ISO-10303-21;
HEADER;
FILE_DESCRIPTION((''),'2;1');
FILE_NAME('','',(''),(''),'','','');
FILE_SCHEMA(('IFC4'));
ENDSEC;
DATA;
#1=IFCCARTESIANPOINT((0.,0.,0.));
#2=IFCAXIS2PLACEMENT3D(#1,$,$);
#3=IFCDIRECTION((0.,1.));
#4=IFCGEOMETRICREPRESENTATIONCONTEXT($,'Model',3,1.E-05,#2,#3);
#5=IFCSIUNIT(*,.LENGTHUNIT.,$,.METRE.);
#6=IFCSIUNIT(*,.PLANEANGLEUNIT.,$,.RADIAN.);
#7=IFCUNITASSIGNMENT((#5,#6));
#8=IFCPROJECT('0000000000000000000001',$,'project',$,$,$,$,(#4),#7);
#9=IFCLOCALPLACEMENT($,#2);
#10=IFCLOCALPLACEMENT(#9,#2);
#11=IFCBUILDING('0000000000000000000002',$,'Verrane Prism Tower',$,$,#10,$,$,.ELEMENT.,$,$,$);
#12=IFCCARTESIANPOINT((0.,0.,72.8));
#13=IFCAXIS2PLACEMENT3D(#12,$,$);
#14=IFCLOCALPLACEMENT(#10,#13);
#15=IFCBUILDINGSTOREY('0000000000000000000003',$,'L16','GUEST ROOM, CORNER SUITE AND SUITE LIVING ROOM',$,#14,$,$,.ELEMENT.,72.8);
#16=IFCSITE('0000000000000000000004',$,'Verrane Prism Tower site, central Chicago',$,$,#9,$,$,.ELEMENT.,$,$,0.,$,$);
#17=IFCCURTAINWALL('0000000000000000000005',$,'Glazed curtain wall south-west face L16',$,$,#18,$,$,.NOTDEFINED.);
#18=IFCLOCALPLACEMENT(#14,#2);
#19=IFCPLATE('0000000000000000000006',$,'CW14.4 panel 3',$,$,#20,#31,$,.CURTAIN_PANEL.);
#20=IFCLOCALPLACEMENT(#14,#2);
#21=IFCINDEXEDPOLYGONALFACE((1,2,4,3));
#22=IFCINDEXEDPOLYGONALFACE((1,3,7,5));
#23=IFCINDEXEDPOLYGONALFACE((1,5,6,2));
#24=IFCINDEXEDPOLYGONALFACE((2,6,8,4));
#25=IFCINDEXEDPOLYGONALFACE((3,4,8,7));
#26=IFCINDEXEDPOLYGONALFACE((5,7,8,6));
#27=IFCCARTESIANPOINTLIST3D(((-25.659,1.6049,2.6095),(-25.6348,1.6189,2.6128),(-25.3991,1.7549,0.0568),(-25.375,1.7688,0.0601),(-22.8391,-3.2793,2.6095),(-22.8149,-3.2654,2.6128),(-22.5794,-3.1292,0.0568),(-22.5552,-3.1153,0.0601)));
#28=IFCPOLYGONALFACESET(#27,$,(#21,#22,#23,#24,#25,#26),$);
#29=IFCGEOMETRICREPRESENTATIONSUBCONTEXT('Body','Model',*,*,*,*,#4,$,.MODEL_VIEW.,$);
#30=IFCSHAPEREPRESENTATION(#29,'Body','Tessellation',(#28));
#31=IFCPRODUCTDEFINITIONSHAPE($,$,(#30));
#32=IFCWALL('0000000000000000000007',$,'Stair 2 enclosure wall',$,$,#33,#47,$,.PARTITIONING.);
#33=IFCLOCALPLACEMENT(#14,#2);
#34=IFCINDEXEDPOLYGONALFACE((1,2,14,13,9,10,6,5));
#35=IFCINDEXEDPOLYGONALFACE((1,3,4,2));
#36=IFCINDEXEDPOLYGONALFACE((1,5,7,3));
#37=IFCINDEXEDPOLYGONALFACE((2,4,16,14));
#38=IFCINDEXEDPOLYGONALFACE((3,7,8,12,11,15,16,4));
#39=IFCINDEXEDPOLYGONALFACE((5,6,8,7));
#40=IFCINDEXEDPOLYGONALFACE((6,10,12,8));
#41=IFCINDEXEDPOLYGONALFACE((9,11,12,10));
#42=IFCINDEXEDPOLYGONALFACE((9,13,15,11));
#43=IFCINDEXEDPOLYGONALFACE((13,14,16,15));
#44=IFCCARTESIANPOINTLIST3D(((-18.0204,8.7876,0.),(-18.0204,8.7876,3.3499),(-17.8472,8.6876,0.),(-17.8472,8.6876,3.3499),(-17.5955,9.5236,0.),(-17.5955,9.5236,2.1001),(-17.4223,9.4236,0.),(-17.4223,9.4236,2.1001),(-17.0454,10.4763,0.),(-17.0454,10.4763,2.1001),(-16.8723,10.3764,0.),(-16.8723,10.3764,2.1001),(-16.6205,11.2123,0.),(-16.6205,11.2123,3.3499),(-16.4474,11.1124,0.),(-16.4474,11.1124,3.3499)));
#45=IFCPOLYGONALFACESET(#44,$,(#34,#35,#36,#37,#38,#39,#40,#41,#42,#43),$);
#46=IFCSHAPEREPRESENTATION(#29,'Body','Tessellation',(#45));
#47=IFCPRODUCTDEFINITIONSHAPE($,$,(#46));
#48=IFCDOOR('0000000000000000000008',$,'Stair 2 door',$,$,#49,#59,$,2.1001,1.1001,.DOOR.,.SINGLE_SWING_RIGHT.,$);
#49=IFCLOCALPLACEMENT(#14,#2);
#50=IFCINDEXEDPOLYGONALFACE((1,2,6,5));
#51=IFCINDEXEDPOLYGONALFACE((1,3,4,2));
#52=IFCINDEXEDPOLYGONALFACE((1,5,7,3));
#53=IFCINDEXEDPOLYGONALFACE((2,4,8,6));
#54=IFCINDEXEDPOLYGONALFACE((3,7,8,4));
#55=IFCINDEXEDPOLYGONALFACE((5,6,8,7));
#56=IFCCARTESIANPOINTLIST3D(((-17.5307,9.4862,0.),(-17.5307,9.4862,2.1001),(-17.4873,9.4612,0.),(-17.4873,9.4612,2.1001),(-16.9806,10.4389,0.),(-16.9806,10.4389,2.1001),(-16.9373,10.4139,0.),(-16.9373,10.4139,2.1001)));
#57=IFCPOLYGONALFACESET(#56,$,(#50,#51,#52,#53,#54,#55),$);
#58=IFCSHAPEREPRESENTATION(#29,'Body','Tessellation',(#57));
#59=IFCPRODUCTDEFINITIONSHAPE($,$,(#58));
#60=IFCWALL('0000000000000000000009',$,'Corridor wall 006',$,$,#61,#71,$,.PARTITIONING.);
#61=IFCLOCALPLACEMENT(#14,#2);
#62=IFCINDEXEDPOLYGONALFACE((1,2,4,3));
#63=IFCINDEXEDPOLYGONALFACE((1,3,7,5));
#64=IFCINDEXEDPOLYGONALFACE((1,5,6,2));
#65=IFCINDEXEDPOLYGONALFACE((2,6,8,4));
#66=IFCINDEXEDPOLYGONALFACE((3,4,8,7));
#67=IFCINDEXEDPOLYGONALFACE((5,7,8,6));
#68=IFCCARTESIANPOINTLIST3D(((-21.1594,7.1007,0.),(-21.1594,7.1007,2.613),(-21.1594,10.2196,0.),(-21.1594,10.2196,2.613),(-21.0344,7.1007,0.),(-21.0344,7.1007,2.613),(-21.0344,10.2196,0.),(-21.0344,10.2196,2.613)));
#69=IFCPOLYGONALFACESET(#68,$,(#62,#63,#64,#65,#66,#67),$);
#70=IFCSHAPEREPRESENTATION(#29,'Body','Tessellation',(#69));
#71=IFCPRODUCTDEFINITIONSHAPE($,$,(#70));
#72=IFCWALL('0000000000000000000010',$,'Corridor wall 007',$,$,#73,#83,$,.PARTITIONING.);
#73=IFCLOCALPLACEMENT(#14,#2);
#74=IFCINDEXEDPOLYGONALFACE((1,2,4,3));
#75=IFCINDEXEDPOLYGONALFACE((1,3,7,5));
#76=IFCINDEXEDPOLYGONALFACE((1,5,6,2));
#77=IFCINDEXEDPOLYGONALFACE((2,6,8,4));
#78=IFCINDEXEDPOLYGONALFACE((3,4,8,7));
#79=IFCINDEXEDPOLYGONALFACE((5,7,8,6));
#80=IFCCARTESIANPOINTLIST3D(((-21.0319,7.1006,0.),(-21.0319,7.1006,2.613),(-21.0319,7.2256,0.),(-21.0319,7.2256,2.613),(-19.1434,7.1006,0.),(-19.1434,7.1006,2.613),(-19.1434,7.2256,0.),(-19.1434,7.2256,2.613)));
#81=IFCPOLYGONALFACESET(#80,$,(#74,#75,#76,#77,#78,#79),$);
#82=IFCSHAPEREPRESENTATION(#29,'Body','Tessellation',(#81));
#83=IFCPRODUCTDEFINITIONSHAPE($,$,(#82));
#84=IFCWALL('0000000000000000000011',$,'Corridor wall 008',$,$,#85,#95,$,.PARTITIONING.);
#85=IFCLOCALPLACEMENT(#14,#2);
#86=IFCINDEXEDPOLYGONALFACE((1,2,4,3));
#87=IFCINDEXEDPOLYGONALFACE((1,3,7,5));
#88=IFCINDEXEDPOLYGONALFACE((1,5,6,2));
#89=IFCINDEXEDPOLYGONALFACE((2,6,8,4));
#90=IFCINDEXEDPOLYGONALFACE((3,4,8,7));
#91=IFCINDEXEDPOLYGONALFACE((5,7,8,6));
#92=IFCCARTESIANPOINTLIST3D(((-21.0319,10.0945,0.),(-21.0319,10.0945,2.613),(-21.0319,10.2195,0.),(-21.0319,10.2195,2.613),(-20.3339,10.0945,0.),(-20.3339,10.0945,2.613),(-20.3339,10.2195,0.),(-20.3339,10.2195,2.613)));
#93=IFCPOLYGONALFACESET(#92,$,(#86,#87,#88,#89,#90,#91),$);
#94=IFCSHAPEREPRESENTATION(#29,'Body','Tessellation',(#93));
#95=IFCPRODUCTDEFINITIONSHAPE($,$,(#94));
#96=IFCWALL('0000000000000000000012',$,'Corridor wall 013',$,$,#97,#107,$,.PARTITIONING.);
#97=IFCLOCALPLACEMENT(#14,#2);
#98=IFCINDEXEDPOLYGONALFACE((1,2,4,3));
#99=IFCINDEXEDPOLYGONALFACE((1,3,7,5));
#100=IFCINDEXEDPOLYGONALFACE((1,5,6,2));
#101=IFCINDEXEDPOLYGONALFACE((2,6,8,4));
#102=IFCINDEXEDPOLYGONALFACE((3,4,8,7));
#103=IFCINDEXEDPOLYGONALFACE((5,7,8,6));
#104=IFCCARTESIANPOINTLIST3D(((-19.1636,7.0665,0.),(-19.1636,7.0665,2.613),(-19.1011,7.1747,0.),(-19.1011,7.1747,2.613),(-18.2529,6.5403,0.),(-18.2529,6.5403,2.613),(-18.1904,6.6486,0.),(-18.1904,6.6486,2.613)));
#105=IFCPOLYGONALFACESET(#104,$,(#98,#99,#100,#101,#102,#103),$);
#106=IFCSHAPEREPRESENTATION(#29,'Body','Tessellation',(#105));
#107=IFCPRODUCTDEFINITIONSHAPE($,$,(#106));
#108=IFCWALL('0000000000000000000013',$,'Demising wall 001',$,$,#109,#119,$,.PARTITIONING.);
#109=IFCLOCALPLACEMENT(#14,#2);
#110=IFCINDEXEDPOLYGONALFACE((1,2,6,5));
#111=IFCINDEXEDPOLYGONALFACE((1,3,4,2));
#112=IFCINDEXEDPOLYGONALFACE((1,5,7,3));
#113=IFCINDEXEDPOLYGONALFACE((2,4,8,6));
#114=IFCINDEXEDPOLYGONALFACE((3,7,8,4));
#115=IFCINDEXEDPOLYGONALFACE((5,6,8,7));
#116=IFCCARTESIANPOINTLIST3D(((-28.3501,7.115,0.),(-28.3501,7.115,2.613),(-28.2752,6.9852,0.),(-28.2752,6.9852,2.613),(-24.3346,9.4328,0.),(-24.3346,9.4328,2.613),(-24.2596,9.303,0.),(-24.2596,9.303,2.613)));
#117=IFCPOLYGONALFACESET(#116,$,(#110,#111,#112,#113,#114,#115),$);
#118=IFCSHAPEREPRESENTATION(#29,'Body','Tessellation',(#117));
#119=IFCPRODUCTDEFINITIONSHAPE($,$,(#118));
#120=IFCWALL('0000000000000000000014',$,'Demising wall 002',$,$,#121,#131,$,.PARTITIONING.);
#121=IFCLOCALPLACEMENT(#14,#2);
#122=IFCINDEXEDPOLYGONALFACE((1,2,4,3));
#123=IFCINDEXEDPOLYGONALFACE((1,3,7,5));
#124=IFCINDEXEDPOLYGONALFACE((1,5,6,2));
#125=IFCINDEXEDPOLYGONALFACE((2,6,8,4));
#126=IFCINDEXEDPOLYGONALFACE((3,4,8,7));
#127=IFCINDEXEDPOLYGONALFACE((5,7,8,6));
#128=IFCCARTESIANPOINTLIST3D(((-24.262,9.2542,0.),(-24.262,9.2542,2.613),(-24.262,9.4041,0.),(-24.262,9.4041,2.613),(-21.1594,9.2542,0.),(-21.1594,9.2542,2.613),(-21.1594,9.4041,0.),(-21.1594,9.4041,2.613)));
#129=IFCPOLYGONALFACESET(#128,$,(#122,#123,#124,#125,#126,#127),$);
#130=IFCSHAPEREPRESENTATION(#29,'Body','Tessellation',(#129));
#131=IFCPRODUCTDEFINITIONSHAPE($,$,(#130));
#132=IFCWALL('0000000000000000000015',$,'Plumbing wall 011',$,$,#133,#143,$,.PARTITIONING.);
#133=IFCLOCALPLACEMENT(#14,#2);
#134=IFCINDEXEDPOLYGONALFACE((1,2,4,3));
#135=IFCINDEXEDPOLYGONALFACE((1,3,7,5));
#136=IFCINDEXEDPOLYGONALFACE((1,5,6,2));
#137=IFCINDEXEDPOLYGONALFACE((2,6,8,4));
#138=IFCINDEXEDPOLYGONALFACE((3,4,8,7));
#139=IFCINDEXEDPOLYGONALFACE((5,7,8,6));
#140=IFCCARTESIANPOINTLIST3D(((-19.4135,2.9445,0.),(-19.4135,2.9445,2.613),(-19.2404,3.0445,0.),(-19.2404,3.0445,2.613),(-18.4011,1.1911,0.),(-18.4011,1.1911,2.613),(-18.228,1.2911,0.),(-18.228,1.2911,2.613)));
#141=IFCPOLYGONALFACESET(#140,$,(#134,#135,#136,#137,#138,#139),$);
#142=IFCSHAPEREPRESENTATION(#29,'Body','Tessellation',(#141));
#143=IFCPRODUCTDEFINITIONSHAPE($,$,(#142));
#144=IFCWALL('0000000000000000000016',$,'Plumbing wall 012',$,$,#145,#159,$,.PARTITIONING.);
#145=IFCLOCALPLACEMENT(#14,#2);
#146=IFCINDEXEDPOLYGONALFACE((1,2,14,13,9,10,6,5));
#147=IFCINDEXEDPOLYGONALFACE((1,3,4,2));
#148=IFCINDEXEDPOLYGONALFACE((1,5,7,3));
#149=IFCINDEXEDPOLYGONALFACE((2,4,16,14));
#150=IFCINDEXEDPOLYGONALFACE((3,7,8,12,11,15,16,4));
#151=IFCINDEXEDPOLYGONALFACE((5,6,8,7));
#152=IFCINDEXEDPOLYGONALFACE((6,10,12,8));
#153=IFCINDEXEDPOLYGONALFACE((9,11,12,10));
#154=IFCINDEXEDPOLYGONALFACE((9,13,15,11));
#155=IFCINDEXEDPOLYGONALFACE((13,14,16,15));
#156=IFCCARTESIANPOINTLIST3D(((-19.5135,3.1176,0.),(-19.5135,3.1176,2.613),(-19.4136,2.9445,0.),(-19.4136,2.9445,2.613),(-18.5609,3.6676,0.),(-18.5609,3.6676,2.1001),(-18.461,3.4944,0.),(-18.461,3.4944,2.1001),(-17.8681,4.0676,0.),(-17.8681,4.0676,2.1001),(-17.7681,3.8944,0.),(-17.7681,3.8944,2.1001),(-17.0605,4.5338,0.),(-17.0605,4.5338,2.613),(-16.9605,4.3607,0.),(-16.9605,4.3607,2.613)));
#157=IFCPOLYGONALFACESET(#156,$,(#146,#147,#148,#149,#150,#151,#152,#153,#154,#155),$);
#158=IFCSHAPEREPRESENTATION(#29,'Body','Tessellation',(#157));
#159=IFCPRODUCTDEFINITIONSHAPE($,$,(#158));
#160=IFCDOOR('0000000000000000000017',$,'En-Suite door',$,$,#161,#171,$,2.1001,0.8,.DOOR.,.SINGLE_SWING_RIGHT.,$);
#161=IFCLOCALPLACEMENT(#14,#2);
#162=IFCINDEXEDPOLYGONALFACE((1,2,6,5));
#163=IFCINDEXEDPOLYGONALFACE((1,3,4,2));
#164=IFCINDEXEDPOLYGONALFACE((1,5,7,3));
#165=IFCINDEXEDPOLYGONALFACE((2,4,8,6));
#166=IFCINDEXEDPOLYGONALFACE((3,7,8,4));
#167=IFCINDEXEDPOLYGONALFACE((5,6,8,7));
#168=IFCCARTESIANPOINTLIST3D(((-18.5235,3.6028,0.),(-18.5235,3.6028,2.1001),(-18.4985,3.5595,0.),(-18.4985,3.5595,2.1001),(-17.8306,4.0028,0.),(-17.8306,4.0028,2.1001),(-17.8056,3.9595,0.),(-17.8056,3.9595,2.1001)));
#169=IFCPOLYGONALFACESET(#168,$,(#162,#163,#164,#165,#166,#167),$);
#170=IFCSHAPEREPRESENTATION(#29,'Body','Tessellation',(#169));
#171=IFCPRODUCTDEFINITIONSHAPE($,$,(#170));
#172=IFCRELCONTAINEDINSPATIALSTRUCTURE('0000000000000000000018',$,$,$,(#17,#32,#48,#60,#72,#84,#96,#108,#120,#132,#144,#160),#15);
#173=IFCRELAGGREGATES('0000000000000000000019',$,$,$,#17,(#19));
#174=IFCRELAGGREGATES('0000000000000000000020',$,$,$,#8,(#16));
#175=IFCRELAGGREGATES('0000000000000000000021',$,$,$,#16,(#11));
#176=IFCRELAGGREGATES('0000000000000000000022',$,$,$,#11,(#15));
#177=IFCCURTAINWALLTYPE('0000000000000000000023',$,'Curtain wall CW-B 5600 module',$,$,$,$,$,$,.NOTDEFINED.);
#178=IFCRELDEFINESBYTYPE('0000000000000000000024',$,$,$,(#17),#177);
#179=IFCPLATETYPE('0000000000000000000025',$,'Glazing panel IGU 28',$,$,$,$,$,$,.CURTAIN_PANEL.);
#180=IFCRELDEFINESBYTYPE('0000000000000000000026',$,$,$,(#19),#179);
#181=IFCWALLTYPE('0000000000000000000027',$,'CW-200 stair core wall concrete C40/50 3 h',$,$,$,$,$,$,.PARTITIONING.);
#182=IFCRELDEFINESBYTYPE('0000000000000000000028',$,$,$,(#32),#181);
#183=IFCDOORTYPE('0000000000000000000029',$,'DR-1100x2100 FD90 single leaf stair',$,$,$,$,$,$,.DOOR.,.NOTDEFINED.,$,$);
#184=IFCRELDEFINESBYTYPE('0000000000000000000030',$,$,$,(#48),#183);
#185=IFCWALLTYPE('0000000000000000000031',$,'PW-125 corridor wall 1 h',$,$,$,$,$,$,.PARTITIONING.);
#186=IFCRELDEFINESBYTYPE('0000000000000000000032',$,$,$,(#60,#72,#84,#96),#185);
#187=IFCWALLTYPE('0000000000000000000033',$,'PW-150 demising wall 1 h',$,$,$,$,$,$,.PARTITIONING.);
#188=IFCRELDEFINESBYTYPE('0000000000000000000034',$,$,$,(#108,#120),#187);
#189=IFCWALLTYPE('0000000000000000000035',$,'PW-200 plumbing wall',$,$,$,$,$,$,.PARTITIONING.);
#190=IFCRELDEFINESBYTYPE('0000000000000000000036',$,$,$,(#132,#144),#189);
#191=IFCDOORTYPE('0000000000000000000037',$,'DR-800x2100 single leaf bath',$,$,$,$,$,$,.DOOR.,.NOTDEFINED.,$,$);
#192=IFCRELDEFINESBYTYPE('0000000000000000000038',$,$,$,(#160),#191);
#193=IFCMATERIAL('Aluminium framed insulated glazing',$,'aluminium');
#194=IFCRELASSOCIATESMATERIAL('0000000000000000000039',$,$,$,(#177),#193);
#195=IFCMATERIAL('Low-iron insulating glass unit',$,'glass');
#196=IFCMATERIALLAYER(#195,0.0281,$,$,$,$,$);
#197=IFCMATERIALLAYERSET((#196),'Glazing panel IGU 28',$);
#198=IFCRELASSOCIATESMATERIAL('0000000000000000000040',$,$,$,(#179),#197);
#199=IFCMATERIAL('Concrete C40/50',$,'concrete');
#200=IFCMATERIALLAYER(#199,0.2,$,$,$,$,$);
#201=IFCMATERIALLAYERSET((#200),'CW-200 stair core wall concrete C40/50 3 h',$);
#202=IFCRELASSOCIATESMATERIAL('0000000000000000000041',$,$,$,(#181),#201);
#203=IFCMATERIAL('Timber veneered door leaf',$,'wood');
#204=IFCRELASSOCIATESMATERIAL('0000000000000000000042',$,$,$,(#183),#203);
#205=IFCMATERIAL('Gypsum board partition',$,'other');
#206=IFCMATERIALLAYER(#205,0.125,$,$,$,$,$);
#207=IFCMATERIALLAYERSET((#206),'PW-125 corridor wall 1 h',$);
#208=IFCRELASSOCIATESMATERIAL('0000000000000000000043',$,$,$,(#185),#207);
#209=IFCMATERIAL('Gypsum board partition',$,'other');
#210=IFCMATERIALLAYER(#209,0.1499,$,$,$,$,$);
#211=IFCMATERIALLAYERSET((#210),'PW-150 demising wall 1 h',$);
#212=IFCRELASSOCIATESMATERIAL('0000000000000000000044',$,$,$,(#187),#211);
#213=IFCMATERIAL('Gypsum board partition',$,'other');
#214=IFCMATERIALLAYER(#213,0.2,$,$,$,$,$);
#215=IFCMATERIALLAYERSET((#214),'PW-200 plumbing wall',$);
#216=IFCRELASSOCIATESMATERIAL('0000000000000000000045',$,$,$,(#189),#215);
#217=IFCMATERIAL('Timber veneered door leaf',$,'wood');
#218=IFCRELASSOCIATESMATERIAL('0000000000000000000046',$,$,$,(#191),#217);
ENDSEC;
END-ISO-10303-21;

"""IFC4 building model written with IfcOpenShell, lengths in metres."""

from ifc_helpers import new_model, si_unit, direction, frame, frame_2d, origin, place, context, subcontext, project, spatial, polyline, rectangle, outline, extrude, material, layer, layer_set, type_object, element, fill, aggregate, save


model = new_model("IFC4")

# Units and contexts
model_context = context("Model", 3, precision=1e-05, world=origin(), true_north=direction((0.0, 1.0)))
body_context = subcontext(model_context, "Body", "Model", "MODEL_VIEW")
ifc_project = project(units=[si_unit("LENGTHUNIT", "METRE"), si_unit("PLANEANGLEUNIT", "RADIAN")], contexts=[model_context])

# Site, building, storey
site_placement = place(None, origin())
site = spatial("IfcSite", under=ifc_project, at=site_placement, Name="Verrane Prism Tower site, central Chicago", CompositionType="ELEMENT", RefElevation=0.0)
building_placement = place(site_placement, origin())
building = spatial("IfcBuilding", under=site, at=building_placement, Name="Verrane Prism Tower", CompositionType="ELEMENT")
storey_placement = place(building_placement, frame((0.0, 0.0, 72.8)))
storey = spatial("IfcBuildingStorey", under=building, at=storey_placement, Name="L16", Description="GUEST ROOM, CORNER SUITE AND SUITE LIVING ROOM", CompositionType="ELEMENT", Elevation=72.8)

# Curtain wall
ifc_material_1 = material(Name="Aluminium framed insulated glazing", Category="aluminium")
curtain_wall_type = type_object("IfcCurtainWallType", Name="Curtain wall CW-B 5600 module", PredefinedType="NOTDEFINED", material=ifc_material_1)
curtain_wall_placement = place(storey_placement, origin())
curtain_wall = element("IfcCurtainWall", 1, at=curtain_wall_placement, inside=storey, type_object=curtain_wall_type, Name="Glazed curtain wall south-west face L16", PredefinedType="NOTDEFINED")

# Plate
ifc_material_2 = material(Name="Low-iron insulating glass unit", Category="glass")
ifc_layer_1 = layer(ifc_material_2, 0.0281)
ifc_layer_set_1 = layer_set([ifc_layer_1], Name="Glazing panel IGU 28")
plate_type = type_object("IfcPlateType", Name="Glazing panel IGU 28", PredefinedType="CURTAIN_PANEL", material=ifc_layer_set_1)
plate_1_placement = place(storey_placement, frame((-25.375, 1.7688, 0.0601), z_axis=(0.860111, 0.496577, 0.116709), x_axis=(0.499994, -0.866029, -0.000001)))
plate_1 = element("IfcPlate", 2, at=plate_1_placement, type_object=plate_type, Name="CW14.4 panel 3", PredefinedType="CURTAIN_PANEL", context=body_context, shape_type="SweptSolid", body=[
    extrude(outline(polyline([(0.0, 0.0), (5.6396, 0.0), (5.6398, -2.5703), (-0.0001, -2.5703), (0.0, 0.0)])), origin(), (0.0, 0.0, -1.0), 0.0281),
])
aggregate(curtain_wall, [plate_1])

# Wall, opening, door
ifc_material_3 = material(Name="Concrete C40/50", Category="concrete")
ifc_layer_2 = layer(ifc_material_3, 0.2)
ifc_layer_set_2 = layer_set([ifc_layer_2], Name="CW-200 stair core wall concrete C40/50 3 h")
wall_type_1 = type_object("IfcWallType", Name="CW-200 stair core wall concrete C40/50 3 h", PredefinedType="PARTITIONING", material=ifc_layer_set_2)
wall_1_placement = place(storey_placement, frame((-16.5339, 11.1624, 0.0), z_axis=(0.0, 0.0, 1.0), x_axis=(-0.499984, -0.866035, 0.0)))
wall_1 = element("IfcWall", 3, at=wall_1_placement, inside=storey, type_object=wall_type_1, Name="Stair 2 enclosure wall", PredefinedType="PARTITIONING", context=body_context, shape_type="SweptSolid", body=[
    extrude(rectangle(XDim=2.7998, YDim=0.2, at=frame_2d((1.3999, 0.0))), origin(), (0.0, 0.0, 1.0), 3.3499),
])
opening_1_placement = place(wall_1_placement, frame((0.8499, 0.0, 0.0)))
opening_1 = element("IfcOpeningElement", 4, at=opening_1_placement, cuts=wall_1, PredefinedType="OPENING", context=body_context, shape_type="SweptSolid", body=[
    extrude(rectangle(XDim=1.1001, YDim=2.1001, at=frame_2d((0.55, 1.05))), frame((0.0, 0.1099, 0.0), z_axis=(0.0, -1.0, 0.0), x_axis=(1.0, 0.0, 0.0)), (0.0, 0.0, 1.0), 0.22),
])
ifc_material_4 = material(Name="Timber veneered door leaf", Category="wood")
door_type_1 = type_object("IfcDoorType", Name="DR-1100x2100 FD90 single leaf stair", OperationType="NOTDEFINED", PredefinedType="DOOR", material=ifc_material_4)
door_1_placement = place(opening_1_placement, origin())
door_1 = element("IfcDoor", 5, at=door_1_placement, inside=storey, type_object=door_type_1, Name="Stair 2 door", OperationType="SINGLE_SWING_RIGHT", OverallHeight=2.1001, OverallWidth=1.1001, PredefinedType="DOOR", context=body_context, shape_type="SweptSolid", body=[
    extrude(rectangle(XDim=1.1001, YDim=2.1001, at=frame_2d((0.55, 1.05))), frame((0.0, 0.0249, 0.0), z_axis=(0.0, -1.0, 0.0), x_axis=(1.0, 0.0, 0.0)), (0.0, 0.0, 1.0), 0.05),
])
fill(opening_1, door_1)

# Walls
ifc_material_5 = material(Name="Gypsum board partition", Category="other")
ifc_layer_3 = layer(ifc_material_5, 0.125)
ifc_layer_set_3 = layer_set([ifc_layer_3], Name="PW-125 corridor wall 1 h")
wall_type_2 = type_object("IfcWallType", Name="PW-125 corridor wall 1 h", PredefinedType="PARTITIONING", material=ifc_layer_set_3)
wall_2_placement = place(storey_placement, frame((-21.0969, 7.1006, 0.0), z_axis=(0.0, 0.0, 1.0), x_axis=(0.0, 1.0, 0.0)))
element("IfcWall", 6, at=wall_2_placement, inside=storey, type_object=wall_type_2, Name="Corridor wall 006", PredefinedType="PARTITIONING", context=body_context, shape_type="SweptSolid", body=[
    extrude(rectangle(XDim=3.1189, YDim=0.125, at=frame_2d((1.5596, 0.0))), origin(), (0.0, 0.0, 1.0), 2.613),
])
wall_3_placement = place(storey_placement, frame((-21.032, 7.1631, 0.0), z_axis=(0.0, 0.0, 1.0), x_axis=(1.0, 0.0, 0.0)))
element("IfcWall", 7, at=wall_3_placement, inside=storey, type_object=wall_type_2, Name="Corridor wall 007", PredefinedType="PARTITIONING", context=body_context, shape_type="SweptSolid", body=[
    extrude(rectangle(XDim=1.8884, YDim=0.125, at=frame_2d((0.9443, 0.0))), origin(), (0.0, 0.0, 1.0), 2.613),
])
wall_4_placement = place(storey_placement, frame((-21.032, 10.157, 0.0), z_axis=(0.0, 0.0, 1.0), x_axis=(1.0, 0.0, 0.0)))
element("IfcWall", 8, at=wall_4_placement, inside=storey, type_object=wall_type_2, Name="Corridor wall 008", PredefinedType="PARTITIONING", context=body_context, shape_type="SweptSolid", body=[
    extrude(rectangle(XDim=0.698, YDim=0.125, at=frame_2d((0.3491, 0.0))), origin(), (0.0, 0.0, 1.0), 2.613),
])
wall_5_placement = place(storey_placement, frame((-19.1323, 7.1206, 0.0), z_axis=(0.0, 0.0, 1.0), x_axis=(0.865876, -0.500258, 0.0)))
element("IfcWall", 9, at=wall_5_placement, inside=storey, type_object=wall_type_2, Name="Corridor wall 013", PredefinedType="PARTITIONING", context=body_context, shape_type="SweptSolid", body=[
    extrude(rectangle(XDim=1.0518, YDim=0.125, at=frame_2d((0.5259, 0.0))), origin(), (0.0, 0.0, 1.0), 2.613),
])
ifc_material_6 = material(Name="Gypsum board partition", Category="other")
ifc_layer_4 = layer(ifc_material_6, 0.1499)
ifc_layer_set_4 = layer_set([ifc_layer_4], Name="PW-150 demising wall 1 h")
wall_type_3 = type_object("IfcWallType", Name="PW-150 demising wall 1 h", PredefinedType="PARTITIONING", material=ifc_layer_set_4)
wall_6_placement = place(storey_placement, frame((-28.3127, 7.05, 0.0), z_axis=(0.0, 0.0, 1.0), x_axis=(0.866077, 0.499911, 0.0)))
element("IfcWall", 10, at=wall_6_placement, inside=storey, type_object=wall_type_3, Name="Demising wall 001", PredefinedType="PARTITIONING", context=body_context, shape_type="SweptSolid", body=[
    extrude(rectangle(XDim=4.6365, YDim=0.1499, at=frame_2d((2.3184, 0.0))), origin(), (0.0, 0.0, 1.0), 2.613),
])
wall_7_placement = place(storey_placement, frame((-24.262, 9.3291, 0.0), z_axis=(0.0, 0.0, 1.0), x_axis=(1.0, 0.0, 0.0)))
element("IfcWall", 11, at=wall_7_placement, inside=storey, type_object=wall_type_3, Name="Demising wall 002", PredefinedType="PARTITIONING", context=body_context, shape_type="SweptSolid", body=[
    extrude(rectangle(XDim=3.1025, YDim=0.1499, at=frame_2d((1.5513, 0.0))), origin(), (0.0, 0.0, 1.0), 2.613),
])
ifc_material_7 = material(Name="Gypsum board partition", Category="other")
ifc_layer_5 = layer(ifc_material_7, 0.2)
ifc_layer_set_5 = layer_set([ifc_layer_5], Name="PW-200 plumbing wall")
wall_type_4 = type_object("IfcWallType", Name="PW-200 plumbing wall", PredefinedType="PARTITIONING", material=ifc_layer_set_5)
wall_8_placement = place(storey_placement, frame((-19.3269, 2.9944, 0.0), z_axis=(0.0, 0.0, 1.0), x_axis=(0.500043, -0.866001, 0.0)))
element("IfcWall", 12, at=wall_8_placement, inside=storey, type_object=wall_type_4, Name="Plumbing wall 011", PredefinedType="PARTITIONING", context=body_context, shape_type="SweptSolid", body=[
    extrude(rectangle(XDim=2.0247, YDim=0.2, at=frame_2d((1.0122, 0.0))), origin(), (0.0, 0.0, 1.0), 2.613),
])

# Wall, opening, door
wall_9_placement = place(storey_placement, frame((-17.0105, 4.4473, 0.0), z_axis=(0.0, 0.0, 1.0), x_axis=(-0.866033, -0.499986, 0.0)))
wall_9 = element("IfcWall", 13, at=wall_9_placement, inside=storey, type_object=wall_type_4, Name="Plumbing wall 012", PredefinedType="PARTITIONING", context=body_context, shape_type="SweptSolid", body=[
    extrude(rectangle(XDim=2.8325, YDim=0.2, at=frame_2d((1.4163, 0.0))), origin(), (0.0, 0.0, 1.0), 2.613),
])
opening_2_placement = place(wall_9_placement, frame((0.9326, 0.0, 0.0)))
opening_2 = element("IfcOpeningElement", 14, at=opening_2_placement, cuts=wall_9, PredefinedType="OPENING", context=body_context, shape_type="SweptSolid", body=[
    extrude(rectangle(XDim=0.8, YDim=2.1001, at=frame_2d((0.3999, 1.05))), frame((0.0, 0.1099, 0.0), z_axis=(0.0, -1.0, 0.0), x_axis=(1.0, 0.0, 0.0)), (0.0, 0.0, 1.0), 0.22),
])
ifc_material_8 = material(Name="Timber veneered door leaf", Category="wood")
door_type_2 = type_object("IfcDoorType", Name="DR-800x2100 single leaf bath", OperationType="NOTDEFINED", PredefinedType="DOOR", material=ifc_material_8)
door_2_placement = place(opening_2_placement, origin())
door_2 = element("IfcDoor", 15, at=door_2_placement, inside=storey, type_object=door_type_2, Name="En-Suite door", OperationType="SINGLE_SWING_RIGHT", OverallHeight=2.1001, OverallWidth=0.8, PredefinedType="DOOR", context=body_context, shape_type="SweptSolid", body=[
    extrude(rectangle(XDim=0.8, YDim=2.1001, at=frame_2d((0.3999, 1.05))), frame((0.0, 0.0249, 0.0), z_axis=(0.0, -1.0, 0.0), x_axis=(1.0, 0.0, 0.0)), (0.0, 0.0, 1.0), 0.05),
])
fill(opening_2, door_2)

save(model, "model.ifc")
